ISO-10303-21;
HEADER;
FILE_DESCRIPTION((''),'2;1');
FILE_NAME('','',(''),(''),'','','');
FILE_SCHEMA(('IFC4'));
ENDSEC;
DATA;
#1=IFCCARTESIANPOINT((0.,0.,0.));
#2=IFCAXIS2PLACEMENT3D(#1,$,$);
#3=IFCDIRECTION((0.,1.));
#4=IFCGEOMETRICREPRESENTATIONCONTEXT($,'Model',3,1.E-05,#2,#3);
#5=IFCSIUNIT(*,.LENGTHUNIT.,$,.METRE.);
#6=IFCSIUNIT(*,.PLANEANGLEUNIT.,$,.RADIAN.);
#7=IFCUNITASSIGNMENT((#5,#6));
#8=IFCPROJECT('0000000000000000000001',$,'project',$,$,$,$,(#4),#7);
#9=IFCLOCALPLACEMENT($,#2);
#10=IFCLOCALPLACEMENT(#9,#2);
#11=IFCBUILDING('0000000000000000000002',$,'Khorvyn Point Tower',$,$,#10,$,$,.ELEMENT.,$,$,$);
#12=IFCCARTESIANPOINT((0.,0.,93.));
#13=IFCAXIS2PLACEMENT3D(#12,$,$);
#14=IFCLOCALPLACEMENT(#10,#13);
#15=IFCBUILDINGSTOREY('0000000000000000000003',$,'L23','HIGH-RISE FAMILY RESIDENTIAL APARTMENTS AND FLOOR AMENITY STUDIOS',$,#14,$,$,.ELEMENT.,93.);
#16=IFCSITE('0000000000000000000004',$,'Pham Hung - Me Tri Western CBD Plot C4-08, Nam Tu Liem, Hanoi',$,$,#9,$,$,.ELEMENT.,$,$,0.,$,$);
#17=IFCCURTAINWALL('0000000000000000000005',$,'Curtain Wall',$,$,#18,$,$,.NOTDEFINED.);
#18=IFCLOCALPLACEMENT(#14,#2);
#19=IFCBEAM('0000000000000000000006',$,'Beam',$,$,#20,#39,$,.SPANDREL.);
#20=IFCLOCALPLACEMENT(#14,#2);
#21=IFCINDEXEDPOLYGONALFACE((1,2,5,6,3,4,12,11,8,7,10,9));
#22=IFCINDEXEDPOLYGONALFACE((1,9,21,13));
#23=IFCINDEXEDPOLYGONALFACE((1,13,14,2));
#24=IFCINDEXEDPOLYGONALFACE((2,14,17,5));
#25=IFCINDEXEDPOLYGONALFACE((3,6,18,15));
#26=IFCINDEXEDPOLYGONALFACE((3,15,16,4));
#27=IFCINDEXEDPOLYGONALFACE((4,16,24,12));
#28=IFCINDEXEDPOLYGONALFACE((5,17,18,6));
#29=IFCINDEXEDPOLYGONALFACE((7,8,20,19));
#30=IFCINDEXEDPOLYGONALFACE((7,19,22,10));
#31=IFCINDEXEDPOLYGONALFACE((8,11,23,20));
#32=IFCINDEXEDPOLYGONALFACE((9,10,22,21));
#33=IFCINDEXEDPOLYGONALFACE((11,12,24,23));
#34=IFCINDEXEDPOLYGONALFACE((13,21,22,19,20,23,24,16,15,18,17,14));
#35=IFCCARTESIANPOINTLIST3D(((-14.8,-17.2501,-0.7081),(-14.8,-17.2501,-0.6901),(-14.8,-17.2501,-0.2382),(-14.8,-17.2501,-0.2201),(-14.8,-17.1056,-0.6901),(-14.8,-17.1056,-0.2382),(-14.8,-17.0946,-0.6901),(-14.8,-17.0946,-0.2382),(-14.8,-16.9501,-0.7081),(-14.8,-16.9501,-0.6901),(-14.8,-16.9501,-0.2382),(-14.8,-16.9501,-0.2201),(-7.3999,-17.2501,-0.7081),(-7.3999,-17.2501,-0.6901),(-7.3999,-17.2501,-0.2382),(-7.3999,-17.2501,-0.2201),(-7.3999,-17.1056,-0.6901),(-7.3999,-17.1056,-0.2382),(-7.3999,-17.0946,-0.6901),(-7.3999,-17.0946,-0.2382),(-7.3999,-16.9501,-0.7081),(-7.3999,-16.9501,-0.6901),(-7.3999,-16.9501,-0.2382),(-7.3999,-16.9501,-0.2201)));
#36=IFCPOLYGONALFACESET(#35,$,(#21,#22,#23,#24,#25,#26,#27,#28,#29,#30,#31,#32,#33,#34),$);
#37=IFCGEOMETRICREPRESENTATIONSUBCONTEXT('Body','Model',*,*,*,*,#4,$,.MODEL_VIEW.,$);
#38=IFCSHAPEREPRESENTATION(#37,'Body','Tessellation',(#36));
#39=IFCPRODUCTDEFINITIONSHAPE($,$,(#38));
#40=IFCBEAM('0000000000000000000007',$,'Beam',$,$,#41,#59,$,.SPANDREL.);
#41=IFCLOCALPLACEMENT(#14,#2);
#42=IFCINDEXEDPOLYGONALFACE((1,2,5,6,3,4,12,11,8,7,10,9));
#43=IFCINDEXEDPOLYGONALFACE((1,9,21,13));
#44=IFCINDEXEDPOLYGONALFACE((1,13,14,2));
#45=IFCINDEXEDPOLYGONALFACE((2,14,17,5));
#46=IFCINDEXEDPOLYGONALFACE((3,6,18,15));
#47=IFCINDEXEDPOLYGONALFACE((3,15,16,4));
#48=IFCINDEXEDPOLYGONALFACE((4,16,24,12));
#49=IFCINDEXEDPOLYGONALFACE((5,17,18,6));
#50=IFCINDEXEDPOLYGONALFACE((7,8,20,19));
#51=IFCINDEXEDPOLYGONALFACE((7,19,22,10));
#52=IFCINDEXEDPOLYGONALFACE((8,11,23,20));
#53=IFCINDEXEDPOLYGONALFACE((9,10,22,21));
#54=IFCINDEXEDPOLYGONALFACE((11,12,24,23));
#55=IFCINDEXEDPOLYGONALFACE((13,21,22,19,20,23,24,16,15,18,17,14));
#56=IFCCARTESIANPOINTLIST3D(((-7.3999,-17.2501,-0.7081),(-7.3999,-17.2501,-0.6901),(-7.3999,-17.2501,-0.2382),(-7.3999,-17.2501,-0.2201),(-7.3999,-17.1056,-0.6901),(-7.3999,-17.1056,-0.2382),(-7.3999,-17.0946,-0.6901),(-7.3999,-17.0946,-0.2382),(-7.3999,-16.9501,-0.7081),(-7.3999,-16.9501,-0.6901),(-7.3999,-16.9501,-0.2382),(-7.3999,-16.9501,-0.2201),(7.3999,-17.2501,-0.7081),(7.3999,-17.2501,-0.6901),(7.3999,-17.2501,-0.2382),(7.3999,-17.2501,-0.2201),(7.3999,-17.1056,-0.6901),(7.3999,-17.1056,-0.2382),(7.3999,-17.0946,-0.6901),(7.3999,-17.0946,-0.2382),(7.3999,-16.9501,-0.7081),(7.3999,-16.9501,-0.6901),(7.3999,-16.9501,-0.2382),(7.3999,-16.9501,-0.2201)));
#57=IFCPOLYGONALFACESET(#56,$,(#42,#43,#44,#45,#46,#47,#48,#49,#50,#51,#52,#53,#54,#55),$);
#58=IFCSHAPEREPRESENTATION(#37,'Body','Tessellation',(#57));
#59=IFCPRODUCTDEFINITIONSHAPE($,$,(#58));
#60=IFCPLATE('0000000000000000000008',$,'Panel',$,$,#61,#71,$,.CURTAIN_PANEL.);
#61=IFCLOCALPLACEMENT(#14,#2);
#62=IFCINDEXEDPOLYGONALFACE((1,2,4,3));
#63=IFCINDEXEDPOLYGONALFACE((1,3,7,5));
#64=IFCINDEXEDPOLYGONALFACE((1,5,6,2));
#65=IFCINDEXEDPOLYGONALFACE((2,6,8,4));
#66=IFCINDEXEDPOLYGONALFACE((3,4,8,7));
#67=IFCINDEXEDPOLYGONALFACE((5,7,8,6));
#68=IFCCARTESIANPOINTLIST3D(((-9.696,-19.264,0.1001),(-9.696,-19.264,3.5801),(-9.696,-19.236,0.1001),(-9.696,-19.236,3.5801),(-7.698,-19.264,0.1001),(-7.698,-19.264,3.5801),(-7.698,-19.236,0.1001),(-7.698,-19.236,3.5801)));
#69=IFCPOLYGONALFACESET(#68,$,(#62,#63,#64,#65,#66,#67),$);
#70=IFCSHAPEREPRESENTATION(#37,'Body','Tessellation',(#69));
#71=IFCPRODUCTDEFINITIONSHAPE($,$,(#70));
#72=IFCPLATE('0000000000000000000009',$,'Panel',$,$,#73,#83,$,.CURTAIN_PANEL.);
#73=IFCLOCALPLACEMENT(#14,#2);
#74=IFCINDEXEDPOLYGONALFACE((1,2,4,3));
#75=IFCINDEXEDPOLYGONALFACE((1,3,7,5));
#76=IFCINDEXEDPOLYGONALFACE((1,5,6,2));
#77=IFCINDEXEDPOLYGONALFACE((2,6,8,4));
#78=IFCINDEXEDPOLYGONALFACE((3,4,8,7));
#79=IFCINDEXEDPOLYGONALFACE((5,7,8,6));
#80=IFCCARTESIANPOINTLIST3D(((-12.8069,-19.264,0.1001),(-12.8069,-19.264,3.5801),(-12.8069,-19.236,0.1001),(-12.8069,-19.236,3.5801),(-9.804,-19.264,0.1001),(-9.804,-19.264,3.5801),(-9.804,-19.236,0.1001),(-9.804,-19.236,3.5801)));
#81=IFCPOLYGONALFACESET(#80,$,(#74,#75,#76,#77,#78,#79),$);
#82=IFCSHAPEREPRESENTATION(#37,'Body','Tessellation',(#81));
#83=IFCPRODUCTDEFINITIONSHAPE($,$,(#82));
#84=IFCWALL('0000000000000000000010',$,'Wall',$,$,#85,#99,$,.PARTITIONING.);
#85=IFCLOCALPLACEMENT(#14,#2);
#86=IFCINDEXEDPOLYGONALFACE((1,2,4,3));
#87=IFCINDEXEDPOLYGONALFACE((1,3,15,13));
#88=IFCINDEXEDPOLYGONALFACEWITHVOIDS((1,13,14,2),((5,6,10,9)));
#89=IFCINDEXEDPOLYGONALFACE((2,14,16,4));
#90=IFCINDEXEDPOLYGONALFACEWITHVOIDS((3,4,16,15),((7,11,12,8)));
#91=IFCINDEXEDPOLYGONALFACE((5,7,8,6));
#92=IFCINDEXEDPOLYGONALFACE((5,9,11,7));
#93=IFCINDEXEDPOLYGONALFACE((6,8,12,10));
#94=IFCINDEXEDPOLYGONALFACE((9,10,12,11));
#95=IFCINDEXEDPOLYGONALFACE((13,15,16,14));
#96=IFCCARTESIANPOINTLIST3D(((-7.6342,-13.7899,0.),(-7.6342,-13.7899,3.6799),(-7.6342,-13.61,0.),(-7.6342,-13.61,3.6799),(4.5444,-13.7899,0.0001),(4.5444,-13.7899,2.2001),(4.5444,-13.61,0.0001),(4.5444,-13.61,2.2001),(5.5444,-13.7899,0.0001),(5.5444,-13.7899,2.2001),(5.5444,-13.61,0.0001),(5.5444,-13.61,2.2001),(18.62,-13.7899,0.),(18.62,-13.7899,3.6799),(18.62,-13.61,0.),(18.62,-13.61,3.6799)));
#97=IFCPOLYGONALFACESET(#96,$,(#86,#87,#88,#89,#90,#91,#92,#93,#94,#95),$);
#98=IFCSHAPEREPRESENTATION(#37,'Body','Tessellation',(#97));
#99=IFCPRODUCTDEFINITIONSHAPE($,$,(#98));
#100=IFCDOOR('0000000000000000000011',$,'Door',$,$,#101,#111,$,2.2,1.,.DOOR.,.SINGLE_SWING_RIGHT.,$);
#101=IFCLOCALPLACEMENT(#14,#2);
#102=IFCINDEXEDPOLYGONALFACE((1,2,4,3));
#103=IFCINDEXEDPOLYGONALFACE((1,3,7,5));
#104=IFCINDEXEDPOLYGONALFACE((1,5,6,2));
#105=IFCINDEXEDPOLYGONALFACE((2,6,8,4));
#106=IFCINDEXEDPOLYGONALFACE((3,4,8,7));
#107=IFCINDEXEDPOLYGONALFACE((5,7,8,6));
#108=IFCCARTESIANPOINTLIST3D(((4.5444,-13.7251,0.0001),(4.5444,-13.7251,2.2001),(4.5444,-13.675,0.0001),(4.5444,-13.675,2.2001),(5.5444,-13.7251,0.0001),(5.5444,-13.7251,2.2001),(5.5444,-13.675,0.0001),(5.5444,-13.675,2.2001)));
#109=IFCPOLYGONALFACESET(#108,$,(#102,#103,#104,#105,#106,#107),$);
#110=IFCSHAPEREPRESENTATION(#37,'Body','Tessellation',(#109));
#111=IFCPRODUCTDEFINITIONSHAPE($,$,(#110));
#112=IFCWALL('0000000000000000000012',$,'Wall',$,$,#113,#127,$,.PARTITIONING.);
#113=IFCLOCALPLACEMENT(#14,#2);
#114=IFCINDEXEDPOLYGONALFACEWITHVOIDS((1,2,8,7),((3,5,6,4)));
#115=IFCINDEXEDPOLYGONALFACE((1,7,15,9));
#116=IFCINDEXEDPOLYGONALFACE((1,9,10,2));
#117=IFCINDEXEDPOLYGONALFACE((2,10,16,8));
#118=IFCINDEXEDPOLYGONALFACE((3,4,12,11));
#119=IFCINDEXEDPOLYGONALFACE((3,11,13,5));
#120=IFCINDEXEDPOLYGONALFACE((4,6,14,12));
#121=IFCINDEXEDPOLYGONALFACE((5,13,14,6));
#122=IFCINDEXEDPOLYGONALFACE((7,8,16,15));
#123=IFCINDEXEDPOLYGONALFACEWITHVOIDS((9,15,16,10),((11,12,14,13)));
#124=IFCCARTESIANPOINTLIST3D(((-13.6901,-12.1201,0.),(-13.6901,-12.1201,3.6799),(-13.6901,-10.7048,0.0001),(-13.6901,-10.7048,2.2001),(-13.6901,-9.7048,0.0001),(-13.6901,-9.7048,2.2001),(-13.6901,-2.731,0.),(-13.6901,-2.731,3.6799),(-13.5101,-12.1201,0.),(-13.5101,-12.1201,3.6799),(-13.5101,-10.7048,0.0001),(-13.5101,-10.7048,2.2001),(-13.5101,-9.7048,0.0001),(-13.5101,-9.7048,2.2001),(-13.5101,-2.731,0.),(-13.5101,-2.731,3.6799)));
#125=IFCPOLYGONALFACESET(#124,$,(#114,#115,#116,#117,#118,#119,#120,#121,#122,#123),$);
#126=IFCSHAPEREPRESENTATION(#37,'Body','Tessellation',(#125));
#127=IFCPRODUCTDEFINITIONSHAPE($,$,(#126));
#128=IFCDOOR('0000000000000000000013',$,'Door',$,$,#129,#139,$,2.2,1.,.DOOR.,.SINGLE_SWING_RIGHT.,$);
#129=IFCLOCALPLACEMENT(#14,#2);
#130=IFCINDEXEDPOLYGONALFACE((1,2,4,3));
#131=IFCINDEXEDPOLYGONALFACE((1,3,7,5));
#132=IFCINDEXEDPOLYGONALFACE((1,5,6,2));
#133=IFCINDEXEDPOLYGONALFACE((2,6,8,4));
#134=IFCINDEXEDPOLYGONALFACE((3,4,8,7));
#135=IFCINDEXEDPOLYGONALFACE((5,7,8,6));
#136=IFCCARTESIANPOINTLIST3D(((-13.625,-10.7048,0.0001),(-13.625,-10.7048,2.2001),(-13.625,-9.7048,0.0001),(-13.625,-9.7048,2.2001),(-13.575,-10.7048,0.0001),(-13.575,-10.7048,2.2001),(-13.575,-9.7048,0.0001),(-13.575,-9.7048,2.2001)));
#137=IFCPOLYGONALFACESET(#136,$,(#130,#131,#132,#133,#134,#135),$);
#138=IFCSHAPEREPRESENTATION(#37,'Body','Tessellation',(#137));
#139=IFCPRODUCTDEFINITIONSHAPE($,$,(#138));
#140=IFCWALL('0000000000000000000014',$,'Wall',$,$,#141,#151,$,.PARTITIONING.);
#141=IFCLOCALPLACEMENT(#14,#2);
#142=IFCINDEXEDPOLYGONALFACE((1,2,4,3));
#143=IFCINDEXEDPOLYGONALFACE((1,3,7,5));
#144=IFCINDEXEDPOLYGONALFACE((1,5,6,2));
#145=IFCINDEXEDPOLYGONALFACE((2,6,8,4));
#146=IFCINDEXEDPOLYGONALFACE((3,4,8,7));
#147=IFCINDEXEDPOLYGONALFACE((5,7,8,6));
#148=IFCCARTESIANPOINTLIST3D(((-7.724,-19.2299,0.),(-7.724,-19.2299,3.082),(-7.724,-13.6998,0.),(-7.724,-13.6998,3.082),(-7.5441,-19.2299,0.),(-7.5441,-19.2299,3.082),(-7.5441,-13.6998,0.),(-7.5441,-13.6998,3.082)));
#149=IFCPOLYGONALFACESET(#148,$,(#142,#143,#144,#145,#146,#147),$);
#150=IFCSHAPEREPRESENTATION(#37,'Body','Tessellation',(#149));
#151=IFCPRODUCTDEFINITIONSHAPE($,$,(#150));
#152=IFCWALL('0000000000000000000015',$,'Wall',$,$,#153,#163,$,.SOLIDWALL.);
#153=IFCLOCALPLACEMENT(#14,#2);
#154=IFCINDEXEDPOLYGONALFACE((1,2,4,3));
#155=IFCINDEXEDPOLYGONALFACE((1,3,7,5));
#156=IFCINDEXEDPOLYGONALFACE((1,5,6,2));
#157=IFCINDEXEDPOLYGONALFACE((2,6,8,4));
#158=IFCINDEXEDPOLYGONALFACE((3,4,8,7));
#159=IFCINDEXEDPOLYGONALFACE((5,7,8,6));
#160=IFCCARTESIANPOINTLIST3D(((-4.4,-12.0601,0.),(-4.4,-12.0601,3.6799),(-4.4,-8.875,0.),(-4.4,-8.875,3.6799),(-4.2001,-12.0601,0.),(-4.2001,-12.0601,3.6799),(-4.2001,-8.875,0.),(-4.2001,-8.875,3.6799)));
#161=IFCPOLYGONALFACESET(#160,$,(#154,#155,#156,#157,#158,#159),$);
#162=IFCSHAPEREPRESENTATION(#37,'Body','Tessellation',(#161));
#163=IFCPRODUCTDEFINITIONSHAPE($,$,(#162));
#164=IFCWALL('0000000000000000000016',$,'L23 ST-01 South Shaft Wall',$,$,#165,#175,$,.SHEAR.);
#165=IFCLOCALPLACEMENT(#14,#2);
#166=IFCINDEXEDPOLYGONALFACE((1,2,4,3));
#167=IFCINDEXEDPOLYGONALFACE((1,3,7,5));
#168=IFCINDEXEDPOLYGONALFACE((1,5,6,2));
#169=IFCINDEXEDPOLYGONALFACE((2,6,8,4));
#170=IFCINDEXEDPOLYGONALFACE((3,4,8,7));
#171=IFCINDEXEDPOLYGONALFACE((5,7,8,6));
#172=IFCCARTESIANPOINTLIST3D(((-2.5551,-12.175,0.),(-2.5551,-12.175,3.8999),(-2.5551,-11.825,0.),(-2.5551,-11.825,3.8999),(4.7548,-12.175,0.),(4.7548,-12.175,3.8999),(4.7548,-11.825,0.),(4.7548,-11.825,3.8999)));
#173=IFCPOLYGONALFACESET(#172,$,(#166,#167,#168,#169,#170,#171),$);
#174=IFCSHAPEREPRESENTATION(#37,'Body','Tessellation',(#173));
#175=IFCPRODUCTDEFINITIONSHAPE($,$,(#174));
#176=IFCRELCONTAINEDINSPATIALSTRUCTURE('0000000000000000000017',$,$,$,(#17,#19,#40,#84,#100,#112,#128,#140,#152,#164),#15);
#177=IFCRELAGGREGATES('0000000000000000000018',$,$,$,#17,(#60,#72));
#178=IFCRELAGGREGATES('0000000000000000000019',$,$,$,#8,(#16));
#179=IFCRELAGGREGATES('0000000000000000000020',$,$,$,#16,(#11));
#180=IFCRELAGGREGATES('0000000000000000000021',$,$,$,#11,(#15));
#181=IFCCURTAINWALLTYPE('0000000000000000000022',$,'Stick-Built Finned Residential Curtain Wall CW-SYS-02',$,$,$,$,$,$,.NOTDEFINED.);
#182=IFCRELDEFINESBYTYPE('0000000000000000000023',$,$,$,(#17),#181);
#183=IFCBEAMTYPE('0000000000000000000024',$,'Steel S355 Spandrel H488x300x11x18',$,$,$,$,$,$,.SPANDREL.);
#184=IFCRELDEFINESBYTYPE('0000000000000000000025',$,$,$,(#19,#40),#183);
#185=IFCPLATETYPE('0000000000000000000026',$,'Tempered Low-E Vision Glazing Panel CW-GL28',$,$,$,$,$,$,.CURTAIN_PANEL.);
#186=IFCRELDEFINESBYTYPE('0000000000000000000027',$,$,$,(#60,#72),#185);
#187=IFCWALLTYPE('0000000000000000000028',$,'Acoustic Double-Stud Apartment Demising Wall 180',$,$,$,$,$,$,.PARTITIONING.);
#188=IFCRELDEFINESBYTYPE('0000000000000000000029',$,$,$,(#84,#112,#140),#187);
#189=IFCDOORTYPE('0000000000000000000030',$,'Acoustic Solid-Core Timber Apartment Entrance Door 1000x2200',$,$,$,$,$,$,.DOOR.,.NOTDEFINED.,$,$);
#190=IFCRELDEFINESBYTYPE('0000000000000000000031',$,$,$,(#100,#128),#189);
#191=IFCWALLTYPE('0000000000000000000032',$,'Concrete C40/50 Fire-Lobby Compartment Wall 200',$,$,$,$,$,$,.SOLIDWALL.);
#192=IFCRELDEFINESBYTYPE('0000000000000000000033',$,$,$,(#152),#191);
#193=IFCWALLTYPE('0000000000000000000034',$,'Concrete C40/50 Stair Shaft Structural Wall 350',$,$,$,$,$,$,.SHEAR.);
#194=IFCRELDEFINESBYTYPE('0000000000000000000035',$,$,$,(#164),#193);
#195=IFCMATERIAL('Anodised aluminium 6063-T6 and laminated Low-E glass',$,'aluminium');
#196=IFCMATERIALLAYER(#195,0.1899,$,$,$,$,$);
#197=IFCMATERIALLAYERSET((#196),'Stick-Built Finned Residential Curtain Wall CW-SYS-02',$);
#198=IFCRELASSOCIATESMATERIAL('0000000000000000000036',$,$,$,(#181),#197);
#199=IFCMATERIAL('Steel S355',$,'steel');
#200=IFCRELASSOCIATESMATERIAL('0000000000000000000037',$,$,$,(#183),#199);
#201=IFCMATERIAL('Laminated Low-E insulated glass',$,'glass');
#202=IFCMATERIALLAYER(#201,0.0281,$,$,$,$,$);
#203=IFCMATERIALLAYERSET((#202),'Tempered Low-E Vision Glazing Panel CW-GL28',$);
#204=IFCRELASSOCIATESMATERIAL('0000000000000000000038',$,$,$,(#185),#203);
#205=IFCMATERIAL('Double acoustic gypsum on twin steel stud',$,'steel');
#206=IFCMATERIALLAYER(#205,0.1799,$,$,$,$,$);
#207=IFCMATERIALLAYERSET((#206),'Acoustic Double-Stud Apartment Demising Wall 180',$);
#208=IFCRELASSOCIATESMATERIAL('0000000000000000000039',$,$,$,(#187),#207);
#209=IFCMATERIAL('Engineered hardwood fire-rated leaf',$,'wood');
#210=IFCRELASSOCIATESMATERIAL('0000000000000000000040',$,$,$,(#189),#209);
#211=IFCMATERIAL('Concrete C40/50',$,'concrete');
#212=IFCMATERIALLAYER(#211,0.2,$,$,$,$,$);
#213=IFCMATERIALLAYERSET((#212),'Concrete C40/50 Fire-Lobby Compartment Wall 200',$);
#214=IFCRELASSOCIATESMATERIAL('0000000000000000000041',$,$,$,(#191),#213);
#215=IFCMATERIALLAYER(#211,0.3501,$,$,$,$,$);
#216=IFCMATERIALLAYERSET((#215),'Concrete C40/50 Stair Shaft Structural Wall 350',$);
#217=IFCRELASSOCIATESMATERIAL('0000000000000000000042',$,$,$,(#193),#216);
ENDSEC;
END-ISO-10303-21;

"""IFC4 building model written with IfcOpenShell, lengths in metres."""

from ifc_helpers import new_model, si_unit, direction, frame, frame_2d, origin, origin_2d, place, context, subcontext, project, spatial, rectangle, i_section, extrude, material, layer, layer_set, material_profile, profile_set, type_object, element, fill, aggregate, save


model = new_model("IFC4")

# Units and contexts
model_context = context("Model", 3, precision=1e-05, world=origin(), true_north=direction((0.0, 1.0)))
body_context = subcontext(model_context, "Body", "Model", "MODEL_VIEW")
ifc_project = project(units=[si_unit("LENGTHUNIT", "METRE"), si_unit("PLANEANGLEUNIT", "RADIAN")], contexts=[model_context])

# Site, building, storey
site_placement = place(None, origin())
site = spatial("IfcSite", under=ifc_project, at=site_placement, Name="Pham Hung - Me Tri Western CBD Plot C4-08, Nam Tu Liem, Hanoi", CompositionType="ELEMENT", RefElevation=0.0)
building_placement = place(site_placement, origin())
building = spatial("IfcBuilding", under=site, at=building_placement, Name="Khorvyn Point Tower", CompositionType="ELEMENT")
storey_placement = place(building_placement, frame((0.0, 0.0, 93.0)))
storey = spatial("IfcBuildingStorey", under=building, at=storey_placement, Name="L23", Description="HIGH-RISE FAMILY RESIDENTIAL APARTMENTS AND FLOOR AMENITY STUDIOS", CompositionType="ELEMENT", Elevation=93.0)

# Curtain wall
ifc_material_1 = material(Name="Anodised aluminium 6063-T6 and laminated Low-E glass", Category="aluminium")
ifc_layer_1 = layer(ifc_material_1, 0.1899)
ifc_layer_set_1 = layer_set([ifc_layer_1], Name="Stick-Built Finned Residential Curtain Wall CW-SYS-02")
curtain_wall_type = type_object("IfcCurtainWallType", Name="Stick-Built Finned Residential Curtain Wall CW-SYS-02", PredefinedType="NOTDEFINED", material=ifc_layer_set_1)
curtain_wall_placement = place(storey_placement, origin())
curtain_wall = element("IfcCurtainWall", 1, at=curtain_wall_placement, inside=storey, type_object=curtain_wall_type, Name="Curtain Wall", PredefinedType="NOTDEFINED")

# Beams
ifc_material_2 = material(Name="Steel S355", Category="steel")
ifc_material_profile_1 = material_profile(ifc_material_2, i_section(OverallWidth=0.3, OverallDepth=0.488, WebThickness=0.011, FlangeThickness=0.0181, at=origin_2d()))
ifc_profile_set_1 = profile_set([ifc_material_profile_1], Name="Steel S355 H488x300x11x18")
beam_type_1 = type_object("IfcBeamType", Name="Steel S355 Spandrel H488x300x11x18", PredefinedType="SPANDREL", material=ifc_profile_set_1)
beam_1_placement = place(storey_placement, frame((-14.8, -17.1001, -0.4641), z_axis=(1.0, 0.0, 0.0), x_axis=(0.0, 1.0, 0.0)))
element("IfcBeam", 2, at=beam_1_placement, inside=storey, type_object=beam_type_1, Name="Beam", PredefinedType="SPANDREL", context=body_context, shape_type="SweptSolid", body=[
    extrude(i_section(OverallWidth=0.3, OverallDepth=0.488, WebThickness=0.011, FlangeThickness=0.0181, at=origin_2d()), origin(), (0.0, 0.0, 1.0), 7.4001),
])
beam_2_placement = place(storey_placement, frame((-7.3999, -17.1001, -0.4641), z_axis=(1.0, 0.0, 0.0), x_axis=(0.0, 1.0, 0.0)))
element("IfcBeam", 3, at=beam_2_placement, inside=storey, type_object=beam_type_1, Name="Beam", PredefinedType="SPANDREL", context=body_context, shape_type="SweptSolid", body=[
    extrude(i_section(OverallWidth=0.3, OverallDepth=0.488, WebThickness=0.011, FlangeThickness=0.0181, at=origin_2d()), origin(), (0.0, 0.0, 1.0), 14.7998),
])

# Plates
ifc_material_3 = material(Name="Laminated Low-E insulated glass", Category="glass")
ifc_layer_2 = layer(ifc_material_3, 0.0281)
ifc_layer_set_2 = layer_set([ifc_layer_2], Name="Tempered Low-E Vision Glazing Panel CW-GL28")
plate_type = type_object("IfcPlateType", Name="Tempered Low-E Vision Glazing Panel CW-GL28", PredefinedType="CURTAIN_PANEL", material=ifc_layer_set_2)
plate_1_placement = place(storey_placement, frame((-8.697, -19.25, 0.1001), z_axis=(0.0, 0.0, 1.0), x_axis=(-1.0, 0.0, 0.0)))
plate_1 = element("IfcPlate", 4, at=plate_1_placement, type_object=plate_type, Name="Panel", PredefinedType="CURTAIN_PANEL", context=body_context, shape_type="SweptSolid", body=[
    extrude(rectangle(XDim=1.998, YDim=0.0281, at=origin_2d()), origin(), (0.0, 0.0, 1.0), 3.48),
])
plate_2_placement = place(storey_placement, frame((-11.3054, -19.25, 0.1001), z_axis=(0.0, 0.0, 1.0), x_axis=(-1.0, 0.0, 0.0)))
plate_2 = element("IfcPlate", 5, at=plate_2_placement, type_object=plate_type, Name="Panel", PredefinedType="CURTAIN_PANEL", context=body_context, shape_type="SweptSolid", body=[
    extrude(rectangle(XDim=3.0029, YDim=0.0281, at=origin_2d()), origin(), (0.0, 0.0, 1.0), 3.48),
])
aggregate(curtain_wall, [plate_1, plate_2])

# Walls, openings, doors
ifc_material_4 = material(Name="Double acoustic gypsum on twin steel stud", Category="steel")
ifc_layer_3 = layer(ifc_material_4, 0.1799)
ifc_layer_set_3 = layer_set([ifc_layer_3], Name="Acoustic Double-Stud Apartment Demising Wall 180")
wall_type_1 = type_object("IfcWallType", Name="Acoustic Double-Stud Apartment Demising Wall 180", PredefinedType="PARTITIONING", material=ifc_layer_set_3)
wall_1_placement = place(storey_placement, frame((-7.634, -13.7, 0.0), z_axis=(0.0, 0.0, 1.0), x_axis=(1.0, 0.0, 0.0)))
wall_1 = element("IfcWall", 6, at=wall_1_placement, inside=storey, type_object=wall_type_1, Name="Wall", PredefinedType="PARTITIONING", context=body_context, shape_type="SweptSolid", body=[
    extrude(rectangle(XDim=26.2542, YDim=0.1799, at=frame_2d((13.127, 0.0))), origin(), (0.0, 0.0, 1.0), 3.6799),
])
opening_1_placement = place(wall_1_placement, frame((12.1785, 0.0, 0.0)))
opening_1 = element("IfcOpeningElement", 7, at=opening_1_placement, cuts=wall_1, PredefinedType="OPENING", context=body_context, shape_type="SweptSolid", body=[
    extrude(rectangle(XDim=1.0, YDim=2.2, at=frame_2d((0.5, 1.1001))), frame((0.0, 0.0999, 0.0), z_axis=(0.0, -1.0, 0.0), x_axis=(1.0, 0.0, 0.0)), (0.0, 0.0, 1.0), 0.2),
])
ifc_material_5 = material(Name="Engineered hardwood fire-rated leaf", Category="wood")
door_type_1 = type_object("IfcDoorType", Name="Acoustic Solid-Core Timber Apartment Entrance Door 1000x2200", OperationType="NOTDEFINED", PredefinedType="DOOR", material=ifc_material_5)
door_1_placement = place(opening_1_placement, origin())
door_1 = element("IfcDoor", 8, at=door_1_placement, inside=storey, type_object=door_type_1, Name="Door", OperationType="SINGLE_SWING_RIGHT", OverallHeight=2.2, OverallWidth=1.0, PredefinedType="DOOR", context=body_context, shape_type="SweptSolid", body=[
    extrude(rectangle(XDim=1.0, YDim=2.2, at=frame_2d((0.5, 1.1001))), frame((0.0, 0.0249, 0.0), z_axis=(0.0, -1.0, 0.0), x_axis=(1.0, 0.0, 0.0)), (0.0, 0.0, 1.0), 0.05),
])
fill(opening_1, door_1)
wall_2_placement = place(storey_placement, frame((-13.6001, -12.1201, 0.0), z_axis=(0.0, 0.0, 1.0), x_axis=(0.0, 1.0, 0.0)))
wall_2 = element("IfcWall", 9, at=wall_2_placement, inside=storey, type_object=wall_type_1, Name="Wall", PredefinedType="PARTITIONING", context=body_context, shape_type="SweptSolid", body=[
    extrude(rectangle(XDim=9.3892, YDim=0.1799, at=frame_2d((4.6946, 0.0))), origin(), (0.0, 0.0, 1.0), 3.6799),
])
opening_2_placement = place(wall_2_placement, frame((1.4153, 0.0, 0.0)))
opening_2 = element("IfcOpeningElement", 10, at=opening_2_placement, cuts=wall_2, PredefinedType="OPENING", context=body_context, shape_type="SweptSolid", body=[
    extrude(rectangle(XDim=1.0, YDim=2.2, at=frame_2d((0.5, 1.1001))), frame((0.0, 0.0999, 0.0), z_axis=(0.0, -1.0, 0.0), x_axis=(1.0, 0.0, 0.0)), (0.0, 0.0, 1.0), 0.2),
])
door_2_placement = place(opening_2_placement, origin())
door_2 = element("IfcDoor", 11, at=door_2_placement, inside=storey, type_object=door_type_1, Name="Door", OperationType="SINGLE_SWING_RIGHT", OverallHeight=2.2, OverallWidth=1.0, PredefinedType="DOOR", context=body_context, shape_type="SweptSolid", body=[
    extrude(rectangle(XDim=1.0, YDim=2.2, at=frame_2d((0.5, 1.1001))), frame((0.0, 0.0249, 0.0), z_axis=(0.0, -1.0, 0.0), x_axis=(1.0, 0.0, 0.0)), (0.0, 0.0, 1.0), 0.05),
])
fill(opening_2, door_2)

# Wall
wall_3_placement = place(storey_placement, frame((-7.634, -19.23, 0.0), z_axis=(0.0, 0.0, 1.0), x_axis=(0.0, 1.0, 0.0)))
element("IfcWall", 12, at=wall_3_placement, inside=storey, type_object=wall_type_1, Name="Wall", PredefinedType="PARTITIONING", context=body_context, shape_type="SweptSolid", body=[
    extrude(rectangle(XDim=5.53, YDim=0.1799, at=frame_2d((2.7651, 0.0))), origin(), (0.0, 0.0, 1.0), 3.082),
])

# Shared definitions
ifc_material_6 = material(Name="Concrete C40/50", Category="concrete")
ifc_layer_4 = layer(ifc_material_6, 0.2)
ifc_layer_set_4 = layer_set([ifc_layer_4], Name="Concrete C40/50 Fire-Lobby Compartment Wall 200")
wall_type_2 = type_object("IfcWallType", Name="Concrete C40/50 Fire-Lobby Compartment Wall 200", PredefinedType="SOLIDWALL", material=ifc_layer_set_4)

# Walls
wall_4_placement = place(storey_placement, frame((-4.3, -12.0601, 0.0), z_axis=(0.0, 0.0, 1.0), x_axis=(0.0, 1.0, 0.0)))
element("IfcWall", 13, at=wall_4_placement, inside=storey, type_object=wall_type_2, Name="Wall", PredefinedType="SOLIDWALL", context=body_context, shape_type="SweptSolid", body=[
    extrude(rectangle(XDim=3.1851, YDim=0.2, at=frame_2d((1.5925, 0.0))), origin(), (0.0, 0.0, 1.0), 3.6799),
])
ifc_layer_5 = layer(ifc_material_6, 0.3501)
ifc_layer_set_5 = layer_set([ifc_layer_5], Name="Concrete C40/50 Stair Shaft Structural Wall 350")
wall_type_3 = type_object("IfcWallType", Name="Concrete C40/50 Stair Shaft Structural Wall 350", PredefinedType="SHEAR", material=ifc_layer_set_5)
wall_5_placement = place(storey_placement, frame((-2.5549, -12.0, 0.0), z_axis=(0.0, 0.0, 1.0), x_axis=(1.0, 0.0, 0.0)))
element("IfcWall", 14, at=wall_5_placement, inside=storey, type_object=wall_type_3, Name="L23 ST-01 South Shaft Wall", PredefinedType="SHEAR", context=body_context, shape_type="SweptSolid", body=[
    extrude(rectangle(XDim=7.3098, YDim=0.3501, at=frame_2d((3.6548, 0.0))), origin(), (0.0, 0.0, 1.0), 3.8999),
])

save(model, "model.ifc")
